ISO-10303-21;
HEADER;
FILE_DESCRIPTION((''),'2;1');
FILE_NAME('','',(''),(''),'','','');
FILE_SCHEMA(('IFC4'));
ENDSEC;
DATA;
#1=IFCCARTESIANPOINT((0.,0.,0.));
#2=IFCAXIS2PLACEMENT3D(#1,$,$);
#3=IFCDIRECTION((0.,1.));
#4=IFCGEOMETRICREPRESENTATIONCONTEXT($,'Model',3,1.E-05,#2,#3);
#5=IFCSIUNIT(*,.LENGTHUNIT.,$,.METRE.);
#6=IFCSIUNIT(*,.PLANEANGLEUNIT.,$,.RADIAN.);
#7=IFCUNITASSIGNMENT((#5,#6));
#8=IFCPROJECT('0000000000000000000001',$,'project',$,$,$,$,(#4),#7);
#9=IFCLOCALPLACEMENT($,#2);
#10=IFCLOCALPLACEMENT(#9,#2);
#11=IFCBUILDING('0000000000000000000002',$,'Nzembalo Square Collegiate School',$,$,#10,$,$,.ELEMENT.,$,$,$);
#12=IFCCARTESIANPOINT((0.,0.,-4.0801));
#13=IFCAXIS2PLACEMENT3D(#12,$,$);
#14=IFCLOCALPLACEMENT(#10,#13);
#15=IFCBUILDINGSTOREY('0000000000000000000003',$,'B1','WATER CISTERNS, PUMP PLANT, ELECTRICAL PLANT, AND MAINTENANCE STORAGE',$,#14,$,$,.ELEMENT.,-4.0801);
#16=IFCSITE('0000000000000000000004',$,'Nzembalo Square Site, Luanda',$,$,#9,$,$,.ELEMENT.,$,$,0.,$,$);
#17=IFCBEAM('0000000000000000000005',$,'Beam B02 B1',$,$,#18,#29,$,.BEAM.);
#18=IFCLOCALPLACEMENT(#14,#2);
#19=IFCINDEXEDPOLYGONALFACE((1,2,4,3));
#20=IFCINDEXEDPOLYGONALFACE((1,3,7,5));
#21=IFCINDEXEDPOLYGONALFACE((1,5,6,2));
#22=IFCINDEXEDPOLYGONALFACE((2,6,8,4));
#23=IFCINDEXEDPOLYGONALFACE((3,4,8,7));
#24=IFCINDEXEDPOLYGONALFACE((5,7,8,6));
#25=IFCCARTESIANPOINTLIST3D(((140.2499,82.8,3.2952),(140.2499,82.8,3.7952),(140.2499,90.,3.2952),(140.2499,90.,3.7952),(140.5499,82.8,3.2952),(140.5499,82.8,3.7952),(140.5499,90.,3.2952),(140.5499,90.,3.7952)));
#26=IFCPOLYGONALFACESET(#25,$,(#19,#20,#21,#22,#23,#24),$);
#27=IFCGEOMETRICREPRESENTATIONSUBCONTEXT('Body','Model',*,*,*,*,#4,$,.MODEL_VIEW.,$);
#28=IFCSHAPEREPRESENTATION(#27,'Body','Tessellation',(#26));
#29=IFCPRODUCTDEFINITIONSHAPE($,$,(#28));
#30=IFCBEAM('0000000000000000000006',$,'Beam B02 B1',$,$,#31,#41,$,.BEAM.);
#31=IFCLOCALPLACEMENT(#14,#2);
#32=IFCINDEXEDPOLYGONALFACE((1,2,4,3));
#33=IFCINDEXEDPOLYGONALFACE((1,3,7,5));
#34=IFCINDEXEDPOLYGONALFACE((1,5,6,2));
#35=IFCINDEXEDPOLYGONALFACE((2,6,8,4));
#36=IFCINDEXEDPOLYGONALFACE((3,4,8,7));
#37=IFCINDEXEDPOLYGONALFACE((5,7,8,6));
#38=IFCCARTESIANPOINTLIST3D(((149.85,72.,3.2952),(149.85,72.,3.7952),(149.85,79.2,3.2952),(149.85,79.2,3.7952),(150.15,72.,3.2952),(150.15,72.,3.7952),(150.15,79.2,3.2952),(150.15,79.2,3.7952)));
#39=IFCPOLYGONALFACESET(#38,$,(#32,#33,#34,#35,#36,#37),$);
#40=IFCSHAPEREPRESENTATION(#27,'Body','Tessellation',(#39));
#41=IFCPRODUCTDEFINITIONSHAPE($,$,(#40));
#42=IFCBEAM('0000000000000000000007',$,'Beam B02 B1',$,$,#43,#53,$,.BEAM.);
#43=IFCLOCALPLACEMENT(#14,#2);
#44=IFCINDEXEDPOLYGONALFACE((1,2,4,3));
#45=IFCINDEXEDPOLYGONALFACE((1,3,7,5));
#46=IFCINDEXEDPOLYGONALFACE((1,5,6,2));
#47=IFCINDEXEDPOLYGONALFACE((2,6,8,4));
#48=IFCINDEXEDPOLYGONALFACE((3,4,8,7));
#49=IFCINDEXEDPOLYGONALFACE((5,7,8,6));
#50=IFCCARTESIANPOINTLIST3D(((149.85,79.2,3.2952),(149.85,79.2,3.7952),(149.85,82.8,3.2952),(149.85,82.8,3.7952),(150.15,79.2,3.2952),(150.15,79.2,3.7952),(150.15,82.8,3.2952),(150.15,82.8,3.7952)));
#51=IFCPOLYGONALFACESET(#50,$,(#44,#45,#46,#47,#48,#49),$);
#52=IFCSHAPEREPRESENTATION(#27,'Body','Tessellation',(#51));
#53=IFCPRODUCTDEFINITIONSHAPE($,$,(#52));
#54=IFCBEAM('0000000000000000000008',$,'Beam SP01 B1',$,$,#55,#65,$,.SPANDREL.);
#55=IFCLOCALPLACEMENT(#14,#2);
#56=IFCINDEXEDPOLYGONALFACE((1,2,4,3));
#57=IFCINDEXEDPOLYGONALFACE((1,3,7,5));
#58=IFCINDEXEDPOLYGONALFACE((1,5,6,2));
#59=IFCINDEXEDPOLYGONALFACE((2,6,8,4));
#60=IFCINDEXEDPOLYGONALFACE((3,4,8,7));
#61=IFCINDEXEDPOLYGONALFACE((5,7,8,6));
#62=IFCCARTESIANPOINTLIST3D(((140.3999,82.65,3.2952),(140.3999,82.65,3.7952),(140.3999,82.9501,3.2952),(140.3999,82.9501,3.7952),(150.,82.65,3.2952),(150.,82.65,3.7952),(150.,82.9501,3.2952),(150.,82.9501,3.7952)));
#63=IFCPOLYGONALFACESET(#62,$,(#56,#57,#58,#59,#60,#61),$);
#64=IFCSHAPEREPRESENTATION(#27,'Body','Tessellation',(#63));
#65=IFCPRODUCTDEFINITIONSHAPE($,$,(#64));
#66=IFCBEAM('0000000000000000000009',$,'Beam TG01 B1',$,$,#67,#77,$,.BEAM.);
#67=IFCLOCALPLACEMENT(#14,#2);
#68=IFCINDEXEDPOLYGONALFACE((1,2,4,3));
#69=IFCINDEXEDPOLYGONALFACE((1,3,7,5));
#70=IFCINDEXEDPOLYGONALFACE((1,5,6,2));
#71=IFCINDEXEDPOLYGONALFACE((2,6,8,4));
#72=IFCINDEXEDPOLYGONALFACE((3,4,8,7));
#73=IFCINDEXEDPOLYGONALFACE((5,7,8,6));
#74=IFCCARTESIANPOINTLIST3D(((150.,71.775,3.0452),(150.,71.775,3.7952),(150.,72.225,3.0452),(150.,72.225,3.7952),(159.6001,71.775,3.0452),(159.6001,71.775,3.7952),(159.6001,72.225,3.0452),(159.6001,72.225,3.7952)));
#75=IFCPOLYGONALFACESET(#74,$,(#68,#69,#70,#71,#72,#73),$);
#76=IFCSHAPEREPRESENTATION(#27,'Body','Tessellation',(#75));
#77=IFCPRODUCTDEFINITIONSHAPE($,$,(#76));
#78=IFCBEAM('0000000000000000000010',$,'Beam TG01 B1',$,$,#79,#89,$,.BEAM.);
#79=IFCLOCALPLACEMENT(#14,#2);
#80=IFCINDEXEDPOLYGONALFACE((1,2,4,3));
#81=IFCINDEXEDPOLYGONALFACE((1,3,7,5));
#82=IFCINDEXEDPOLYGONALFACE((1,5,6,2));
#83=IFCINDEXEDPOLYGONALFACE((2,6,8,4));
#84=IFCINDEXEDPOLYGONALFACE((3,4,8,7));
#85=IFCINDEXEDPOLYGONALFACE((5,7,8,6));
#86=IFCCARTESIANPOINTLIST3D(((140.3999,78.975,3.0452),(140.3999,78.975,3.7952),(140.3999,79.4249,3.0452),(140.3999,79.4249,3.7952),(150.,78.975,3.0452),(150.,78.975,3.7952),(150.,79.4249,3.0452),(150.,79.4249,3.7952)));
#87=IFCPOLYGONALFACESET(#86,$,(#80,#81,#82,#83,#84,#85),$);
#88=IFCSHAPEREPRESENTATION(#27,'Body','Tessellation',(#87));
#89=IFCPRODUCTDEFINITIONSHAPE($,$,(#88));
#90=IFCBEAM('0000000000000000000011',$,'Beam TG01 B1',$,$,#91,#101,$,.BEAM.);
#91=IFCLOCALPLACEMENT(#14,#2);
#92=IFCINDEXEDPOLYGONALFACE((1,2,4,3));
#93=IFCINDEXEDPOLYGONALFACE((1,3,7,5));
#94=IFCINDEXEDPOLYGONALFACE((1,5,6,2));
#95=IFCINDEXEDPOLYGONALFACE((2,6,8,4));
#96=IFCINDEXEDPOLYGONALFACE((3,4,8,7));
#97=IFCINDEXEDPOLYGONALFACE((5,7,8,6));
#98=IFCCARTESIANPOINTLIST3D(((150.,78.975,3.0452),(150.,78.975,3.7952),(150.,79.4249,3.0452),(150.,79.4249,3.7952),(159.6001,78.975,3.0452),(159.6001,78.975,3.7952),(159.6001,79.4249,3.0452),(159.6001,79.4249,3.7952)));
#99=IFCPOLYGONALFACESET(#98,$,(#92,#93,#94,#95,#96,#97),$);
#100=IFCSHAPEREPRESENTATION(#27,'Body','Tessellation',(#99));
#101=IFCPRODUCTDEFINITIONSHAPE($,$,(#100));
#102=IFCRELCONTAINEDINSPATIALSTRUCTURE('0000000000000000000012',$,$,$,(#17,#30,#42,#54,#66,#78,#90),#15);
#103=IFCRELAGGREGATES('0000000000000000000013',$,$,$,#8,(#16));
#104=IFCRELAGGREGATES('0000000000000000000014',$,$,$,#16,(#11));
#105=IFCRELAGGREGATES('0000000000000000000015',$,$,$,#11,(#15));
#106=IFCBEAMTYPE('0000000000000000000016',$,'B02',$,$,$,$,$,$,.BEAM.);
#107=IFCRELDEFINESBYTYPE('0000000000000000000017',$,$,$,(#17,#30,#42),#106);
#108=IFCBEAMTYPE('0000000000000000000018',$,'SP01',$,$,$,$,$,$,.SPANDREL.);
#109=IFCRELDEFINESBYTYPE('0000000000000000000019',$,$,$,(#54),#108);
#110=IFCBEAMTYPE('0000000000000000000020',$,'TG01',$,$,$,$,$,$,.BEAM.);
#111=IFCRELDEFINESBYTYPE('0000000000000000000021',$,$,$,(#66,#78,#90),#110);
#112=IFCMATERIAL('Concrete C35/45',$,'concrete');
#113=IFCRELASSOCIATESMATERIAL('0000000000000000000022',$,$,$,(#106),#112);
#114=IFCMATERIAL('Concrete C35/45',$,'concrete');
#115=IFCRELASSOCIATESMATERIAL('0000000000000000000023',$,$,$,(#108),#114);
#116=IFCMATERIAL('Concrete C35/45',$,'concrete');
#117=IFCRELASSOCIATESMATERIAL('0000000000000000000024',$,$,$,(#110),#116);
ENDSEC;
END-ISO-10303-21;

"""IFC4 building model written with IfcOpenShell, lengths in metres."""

from ifc_helpers import new_model, si_unit, direction, frame, origin, origin_2d, place, context, subcontext, project, spatial, rectangle, extrude, material, material_profile, profile_set, type_object, element, save


model = new_model("IFC4")

# Units and contexts
model_context = context("Model", 3, precision=1e-05, world=origin(), true_north=direction((0.0, 1.0)))
body_context = subcontext(model_context, "Body", "Model", "MODEL_VIEW")
ifc_project = project(units=[si_unit("LENGTHUNIT", "METRE"), si_unit("PLANEANGLEUNIT", "RADIAN")], contexts=[model_context])

# Site, building, storey
site_placement = place(None, origin())
site = spatial("IfcSite", under=ifc_project, at=site_placement, Name="Nzembalo Square Site, Luanda", CompositionType="ELEMENT", RefElevation=0.0)
building_placement = place(site_placement, origin())
building = spatial("IfcBuilding", under=site, at=building_placement, Name="Nzembalo Square Collegiate School", CompositionType="ELEMENT")
storey_placement = place(building_placement, frame((0.0, 0.0, -4.0801)))
storey = spatial("IfcBuildingStorey", under=building, at=storey_placement, Name="B1", Description="WATER CISTERNS, PUMP PLANT, ELECTRICAL PLANT, AND MAINTENANCE STORAGE", CompositionType="ELEMENT", Elevation=-4.0801)

# Beams
ifc_material_1 = material(Name="Concrete C35/45", Category="concrete")
ifc_material_profile_1 = material_profile(ifc_material_1, rectangle(XDim=0.3, YDim=0.5, at=origin_2d()), Name="RC 300x500")
ifc_profile_set_1 = profile_set([ifc_material_profile_1], Name="Concrete C35/45")
beam_type_1 = type_object("IfcBeamType", Name="B02", PredefinedType="BEAM", material=ifc_profile_set_1)
for number, where, z_axis, x_axis, name in (
    (1, (140.3999, 82.8, 3.5452), (0.0, 1.0, 0.0), (-1.0, 0.0, 0.0), "Beam B02 B1"),
    (2, (150.0, 72.0, 3.5452), (0.0, 1.0, 0.0), (-1.0, 0.0, 0.0), "Beam B02 B1"),
):
    element("IfcBeam", number, at=place(storey_placement, frame(where, z_axis=z_axis, x_axis=x_axis)), inside=storey, type_object=beam_type_1, Name=name, PredefinedType="BEAM", context=body_context, shape_type="SweptSolid", body=[
        extrude(rectangle(XDim=0.3, YDim=0.5, at=origin_2d()), origin(), (0.0, 0.0, 1.0), 7.2),
    ])
beam_1_placement = place(storey_placement, frame((150.0, 79.2, 3.5452), z_axis=(0.0, 1.0, 0.0), x_axis=(-1.0, 0.0, 0.0)))
element("IfcBeam", 3, at=beam_1_placement, inside=storey, type_object=beam_type_1, Name="Beam B02 B1", PredefinedType="BEAM", context=body_context, shape_type="SweptSolid", body=[
    extrude(rectangle(XDim=0.3, YDim=0.5, at=origin_2d()), origin(), (0.0, 0.0, 1.0), 3.6001),
])
ifc_material_2 = material(Name="Concrete C35/45", Category="concrete")
ifc_material_profile_2 = material_profile(ifc_material_2, rectangle(XDim=0.3, YDim=0.5, at=origin_2d()), Name="RC 300x500")
ifc_profile_set_2 = profile_set([ifc_material_profile_2], Name="Concrete C35/45")
beam_type_2 = type_object("IfcBeamType", Name="SP01", PredefinedType="SPANDREL", material=ifc_profile_set_2)
beam_2_placement = place(storey_placement, frame((140.3999, 82.8, 3.5452), z_axis=(1.0, 0.0, 0.0), x_axis=(0.0, 1.0, 0.0)))
element("IfcBeam", 4, at=beam_2_placement, inside=storey, type_object=beam_type_2, Name="Beam SP01 B1", PredefinedType="SPANDREL", context=body_context, shape_type="SweptSolid", body=[
    extrude(rectangle(XDim=0.3, YDim=0.5, at=origin_2d()), origin(), (0.0, 0.0, 1.0), 9.6001),
])
ifc_material_3 = material(Name="Concrete C35/45", Category="concrete")
ifc_material_profile_3 = material_profile(ifc_material_3, rectangle(XDim=0.45, YDim=0.75, at=origin_2d()), Name="RC 450x750")
ifc_profile_set_3 = profile_set([ifc_material_profile_3], Name="Concrete C35/45")
beam_type_3 = type_object("IfcBeamType", Name="TG01", PredefinedType="BEAM", material=ifc_profile_set_3)
for number, where, z_axis, x_axis, name in (
    (5, (150.0, 72.0, 3.4202), (1.0, 0.0, 0.0), (0.0, 1.0, 0.0), "Beam TG01 B1"),
    (6, (140.3999, 79.2, 3.4202), (1.0, 0.0, 0.0), (0.0, 1.0, 0.0), "Beam TG01 B1"),
    (7, (150.0, 79.2, 3.4202), (1.0, 0.0, 0.0), (0.0, 1.0, 0.0), "Beam TG01 B1"),
):
    element("IfcBeam", number, at=place(storey_placement, frame(where, z_axis=z_axis, x_axis=x_axis)), inside=storey, type_object=beam_type_3, Name=name, PredefinedType="BEAM", context=body_context, shape_type="SweptSolid", body=[
        extrude(rectangle(XDim=0.45, YDim=0.75, at=origin_2d()), origin(), (0.0, 0.0, 1.0), 9.6001),
    ])

save(model, "model.ifc")
